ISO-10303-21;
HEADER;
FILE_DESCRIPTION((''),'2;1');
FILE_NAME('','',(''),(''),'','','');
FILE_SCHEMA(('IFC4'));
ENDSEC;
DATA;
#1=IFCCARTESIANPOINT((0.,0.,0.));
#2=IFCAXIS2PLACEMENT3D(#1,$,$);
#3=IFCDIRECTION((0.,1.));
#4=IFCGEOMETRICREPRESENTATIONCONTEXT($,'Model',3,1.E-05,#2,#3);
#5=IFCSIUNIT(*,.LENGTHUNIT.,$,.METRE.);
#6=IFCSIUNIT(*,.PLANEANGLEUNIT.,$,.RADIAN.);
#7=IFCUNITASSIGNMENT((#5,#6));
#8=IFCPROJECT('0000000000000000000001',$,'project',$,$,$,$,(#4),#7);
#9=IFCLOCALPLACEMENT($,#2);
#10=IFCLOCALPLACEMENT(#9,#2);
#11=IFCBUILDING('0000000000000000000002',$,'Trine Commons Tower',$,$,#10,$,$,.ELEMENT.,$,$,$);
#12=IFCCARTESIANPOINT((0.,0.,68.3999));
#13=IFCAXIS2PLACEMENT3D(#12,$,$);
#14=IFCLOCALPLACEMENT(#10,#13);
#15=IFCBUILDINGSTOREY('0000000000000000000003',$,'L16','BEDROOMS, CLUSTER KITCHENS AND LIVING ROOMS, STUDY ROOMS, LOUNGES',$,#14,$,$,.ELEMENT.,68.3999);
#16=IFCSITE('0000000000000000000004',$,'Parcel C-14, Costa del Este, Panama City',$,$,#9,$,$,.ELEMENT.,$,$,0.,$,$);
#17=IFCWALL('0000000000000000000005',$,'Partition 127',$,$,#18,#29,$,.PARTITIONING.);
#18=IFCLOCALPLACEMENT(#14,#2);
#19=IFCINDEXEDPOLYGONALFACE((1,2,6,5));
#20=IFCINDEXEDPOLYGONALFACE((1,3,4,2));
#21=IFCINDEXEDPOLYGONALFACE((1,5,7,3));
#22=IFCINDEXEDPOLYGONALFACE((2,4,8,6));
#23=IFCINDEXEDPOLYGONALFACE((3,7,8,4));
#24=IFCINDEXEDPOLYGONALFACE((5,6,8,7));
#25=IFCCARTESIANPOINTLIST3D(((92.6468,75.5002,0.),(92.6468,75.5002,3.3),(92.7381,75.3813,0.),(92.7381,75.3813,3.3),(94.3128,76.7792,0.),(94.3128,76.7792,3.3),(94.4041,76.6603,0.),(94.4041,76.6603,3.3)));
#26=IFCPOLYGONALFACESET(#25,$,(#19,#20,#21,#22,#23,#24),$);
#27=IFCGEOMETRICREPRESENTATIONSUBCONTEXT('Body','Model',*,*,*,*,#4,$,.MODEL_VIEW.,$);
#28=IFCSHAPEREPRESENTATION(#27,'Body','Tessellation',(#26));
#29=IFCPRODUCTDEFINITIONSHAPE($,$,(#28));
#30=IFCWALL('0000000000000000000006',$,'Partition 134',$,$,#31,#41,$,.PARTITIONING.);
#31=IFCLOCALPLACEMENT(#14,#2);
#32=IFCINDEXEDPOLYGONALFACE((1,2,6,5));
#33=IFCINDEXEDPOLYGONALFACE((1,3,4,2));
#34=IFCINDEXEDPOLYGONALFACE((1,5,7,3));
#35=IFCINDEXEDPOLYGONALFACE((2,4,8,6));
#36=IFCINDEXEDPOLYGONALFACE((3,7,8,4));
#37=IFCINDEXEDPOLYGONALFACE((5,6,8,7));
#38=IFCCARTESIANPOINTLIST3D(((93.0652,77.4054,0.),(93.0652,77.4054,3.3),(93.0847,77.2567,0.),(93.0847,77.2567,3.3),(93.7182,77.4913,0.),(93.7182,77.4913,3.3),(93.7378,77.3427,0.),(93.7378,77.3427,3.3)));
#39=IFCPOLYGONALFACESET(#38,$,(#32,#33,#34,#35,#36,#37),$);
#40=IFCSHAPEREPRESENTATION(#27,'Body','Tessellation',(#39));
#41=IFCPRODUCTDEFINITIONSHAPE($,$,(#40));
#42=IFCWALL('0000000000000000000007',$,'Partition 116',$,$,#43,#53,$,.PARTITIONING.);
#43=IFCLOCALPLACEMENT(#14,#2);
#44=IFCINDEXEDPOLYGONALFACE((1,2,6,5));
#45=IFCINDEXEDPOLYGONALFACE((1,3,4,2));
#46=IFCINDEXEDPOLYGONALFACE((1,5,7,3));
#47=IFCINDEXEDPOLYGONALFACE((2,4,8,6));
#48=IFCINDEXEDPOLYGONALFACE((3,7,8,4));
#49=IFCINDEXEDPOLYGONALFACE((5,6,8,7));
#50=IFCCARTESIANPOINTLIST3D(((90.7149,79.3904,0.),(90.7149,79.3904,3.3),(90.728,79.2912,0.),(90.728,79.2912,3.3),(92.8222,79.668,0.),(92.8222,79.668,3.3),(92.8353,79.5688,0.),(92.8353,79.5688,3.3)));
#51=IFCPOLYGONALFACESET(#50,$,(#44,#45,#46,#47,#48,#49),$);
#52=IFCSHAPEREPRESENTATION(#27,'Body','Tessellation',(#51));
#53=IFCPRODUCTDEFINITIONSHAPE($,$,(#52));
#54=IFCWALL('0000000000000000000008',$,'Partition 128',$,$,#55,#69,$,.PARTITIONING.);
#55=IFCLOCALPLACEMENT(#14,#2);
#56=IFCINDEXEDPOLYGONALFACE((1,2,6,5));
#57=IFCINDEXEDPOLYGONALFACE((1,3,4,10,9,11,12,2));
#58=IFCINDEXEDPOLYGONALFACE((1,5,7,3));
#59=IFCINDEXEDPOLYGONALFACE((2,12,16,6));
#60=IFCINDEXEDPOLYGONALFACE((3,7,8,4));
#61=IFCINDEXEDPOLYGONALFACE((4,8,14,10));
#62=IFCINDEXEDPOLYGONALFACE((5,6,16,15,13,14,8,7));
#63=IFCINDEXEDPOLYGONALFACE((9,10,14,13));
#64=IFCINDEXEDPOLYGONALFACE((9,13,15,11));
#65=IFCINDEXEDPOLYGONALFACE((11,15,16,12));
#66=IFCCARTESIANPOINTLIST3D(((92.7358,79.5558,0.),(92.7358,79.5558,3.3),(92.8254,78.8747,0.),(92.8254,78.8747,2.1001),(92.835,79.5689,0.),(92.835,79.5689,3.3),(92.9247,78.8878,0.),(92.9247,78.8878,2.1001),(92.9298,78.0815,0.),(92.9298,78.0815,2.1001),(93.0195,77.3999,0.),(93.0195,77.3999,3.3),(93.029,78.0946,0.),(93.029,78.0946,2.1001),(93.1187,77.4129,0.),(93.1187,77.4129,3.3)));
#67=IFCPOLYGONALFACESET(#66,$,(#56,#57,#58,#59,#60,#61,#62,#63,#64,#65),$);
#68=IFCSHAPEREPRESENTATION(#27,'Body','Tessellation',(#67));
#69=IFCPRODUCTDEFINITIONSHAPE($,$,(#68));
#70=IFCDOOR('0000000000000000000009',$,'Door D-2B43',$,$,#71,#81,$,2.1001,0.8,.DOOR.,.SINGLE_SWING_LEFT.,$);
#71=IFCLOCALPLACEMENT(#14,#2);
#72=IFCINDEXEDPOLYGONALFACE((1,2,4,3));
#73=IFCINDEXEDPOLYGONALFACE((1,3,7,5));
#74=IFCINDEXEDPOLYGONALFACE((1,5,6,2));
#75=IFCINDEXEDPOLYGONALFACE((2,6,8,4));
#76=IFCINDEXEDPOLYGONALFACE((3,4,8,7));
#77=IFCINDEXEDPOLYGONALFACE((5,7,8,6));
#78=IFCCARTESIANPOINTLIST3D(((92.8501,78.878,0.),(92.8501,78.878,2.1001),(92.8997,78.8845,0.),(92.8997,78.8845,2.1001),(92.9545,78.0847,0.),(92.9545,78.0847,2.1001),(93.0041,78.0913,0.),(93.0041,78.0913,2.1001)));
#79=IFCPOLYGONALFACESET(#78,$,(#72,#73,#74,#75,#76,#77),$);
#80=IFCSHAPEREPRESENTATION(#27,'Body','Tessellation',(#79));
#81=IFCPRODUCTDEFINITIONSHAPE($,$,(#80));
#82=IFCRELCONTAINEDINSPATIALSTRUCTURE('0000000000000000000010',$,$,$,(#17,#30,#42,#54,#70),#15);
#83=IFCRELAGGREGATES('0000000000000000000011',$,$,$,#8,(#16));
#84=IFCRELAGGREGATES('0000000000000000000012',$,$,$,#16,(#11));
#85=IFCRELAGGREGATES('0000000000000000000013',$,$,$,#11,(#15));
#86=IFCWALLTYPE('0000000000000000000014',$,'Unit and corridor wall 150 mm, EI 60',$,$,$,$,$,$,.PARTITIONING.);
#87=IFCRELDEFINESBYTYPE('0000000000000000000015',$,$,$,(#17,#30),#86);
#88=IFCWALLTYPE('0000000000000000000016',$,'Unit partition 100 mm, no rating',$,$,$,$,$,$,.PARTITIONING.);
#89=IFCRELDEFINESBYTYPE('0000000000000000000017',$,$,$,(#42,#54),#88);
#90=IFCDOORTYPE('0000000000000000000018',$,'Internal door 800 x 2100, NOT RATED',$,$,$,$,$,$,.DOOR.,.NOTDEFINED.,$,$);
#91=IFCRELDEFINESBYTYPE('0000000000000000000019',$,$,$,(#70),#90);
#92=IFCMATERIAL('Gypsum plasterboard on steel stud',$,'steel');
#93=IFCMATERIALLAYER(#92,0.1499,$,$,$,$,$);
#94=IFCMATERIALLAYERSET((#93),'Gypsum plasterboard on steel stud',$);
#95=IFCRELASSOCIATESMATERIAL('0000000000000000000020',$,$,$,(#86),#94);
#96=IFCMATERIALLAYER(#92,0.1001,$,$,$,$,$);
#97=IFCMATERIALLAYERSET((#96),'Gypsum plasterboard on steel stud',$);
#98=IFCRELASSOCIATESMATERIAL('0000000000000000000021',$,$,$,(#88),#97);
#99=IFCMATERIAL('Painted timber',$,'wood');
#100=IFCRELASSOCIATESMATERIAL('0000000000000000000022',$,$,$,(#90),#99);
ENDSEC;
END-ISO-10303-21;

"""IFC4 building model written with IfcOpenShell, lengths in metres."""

from ifc_helpers import new_model, si_unit, direction, frame, frame_2d, origin, place, context, subcontext, project, spatial, rectangle, extrude, material, layer, layer_set, type_object, element, fill, save


model = new_model("IFC4")

# Units and contexts
model_context = context("Model", 3, precision=1e-05, world=origin(), true_north=direction((0.0, 1.0)))
body_context = subcontext(model_context, "Body", "Model", "MODEL_VIEW")
ifc_project = project(units=[si_unit("LENGTHUNIT", "METRE"), si_unit("PLANEANGLEUNIT", "RADIAN")], contexts=[model_context])

# Site, building, storey
site_placement = place(None, origin())
site = spatial("IfcSite", under=ifc_project, at=site_placement, Name="Parcel C-14, Costa del Este, Panama City", CompositionType="ELEMENT", RefElevation=0.0)
building_placement = place(site_placement, origin())
building = spatial("IfcBuilding", under=site, at=building_placement, Name="Trine Commons Tower", CompositionType="ELEMENT")
storey_placement = place(building_placement, frame((0.0, 0.0, 68.3999)))
storey = spatial("IfcBuildingStorey", under=building, at=storey_placement, Name="L16", Description="BEDROOMS, CLUSTER KITCHENS AND LIVING ROOMS, STUDY ROOMS, LOUNGES", CompositionType="ELEMENT", Elevation=68.3999)

# Shared definitions
ifc_material_1 = material(Name="Gypsum plasterboard on steel stud", Category="steel")
ifc_layer_1 = layer(ifc_material_1, 0.1499)
ifc_layer_set_1 = layer_set([ifc_layer_1], Name="Gypsum plasterboard on steel stud")
wall_type_1 = type_object("IfcWallType", Name="Unit and corridor wall 150 mm, EI 60", PredefinedType="PARTITIONING", material=ifc_layer_set_1)
ifc_material_2 = material(Name="Painted timber", Category="wood")

# Walls
wall_1_placement = place(storey_placement, frame((92.6924, 75.4407, 0.0), z_axis=(0.0, 0.0, 1.0), x_axis=(0.793198, 0.608963, 0.0)))
element("IfcWall", 1, at=wall_1_placement, inside=storey, type_object=wall_type_1, Name="Partition 127", PredefinedType="PARTITIONING", context=body_context, shape_type="SweptSolid", body=[
    extrude(rectangle(XDim=2.1003, YDim=0.1499, at=frame_2d((1.0503, 0.0))), origin(), (0.0, 0.0, 1.0), 3.3),
])
wall_2_placement = place(storey_placement, frame((93.075, 77.3311, 0.0), z_axis=(0.0, 0.0, 1.0), x_axis=(0.991453, 0.130464, 0.0)))
element("IfcWall", 2, at=wall_2_placement, inside=storey, type_object=wall_type_1, Name="Partition 134", PredefinedType="PARTITIONING", context=body_context, shape_type="SweptSolid", body=[
    extrude(rectangle(XDim=0.6587, YDim=0.1499, at=frame_2d((0.3293, 0.0))), origin(), (0.0, 0.0, 1.0), 3.3),
])
ifc_layer_2 = layer(ifc_material_1, 0.1001)
ifc_layer_set_2 = layer_set([ifc_layer_2], Name="Gypsum plasterboard on steel stud")
wall_type_2 = type_object("IfcWallType", Name="Unit partition 100 mm, no rating", PredefinedType="PARTITIONING", material=ifc_layer_set_2)
wall_3_placement = place(storey_placement, frame((90.7214, 79.3408, 0.0), z_axis=(0.0, 0.0, 1.0), x_axis=(0.991434, 0.130606, 0.0)))
element("IfcWall", 3, at=wall_3_placement, inside=storey, type_object=wall_type_2, Name="Partition 116", PredefinedType="PARTITIONING", context=body_context, shape_type="SweptSolid", body=[
    extrude(rectangle(XDim=2.1255, YDim=0.1001, at=frame_2d((1.0627, 0.0))), origin(), (0.0, 0.0, 1.0), 3.3),
])

# Wall, opening, door
wall_4_placement = place(storey_placement, frame((92.7854, 79.5625, 0.0), z_axis=(0.0, 0.0, 1.0), x_axis=(0.130457, -0.991454, 0.0)))
wall_4 = element("IfcWall", 4, at=wall_4_placement, inside=storey, type_object=wall_type_2, Name="Partition 128", PredefinedType="PARTITIONING", context=body_context, shape_type="SweptSolid", body=[
    extrude(rectangle(XDim=2.1746, YDim=0.1001, at=frame_2d((1.0874, 0.0))), origin(), (0.0, 0.0, 1.0), 3.3),
])
opening_1_placement = place(wall_4_placement, frame((0.6873, 0.0, 0.0)))
opening_1 = element("IfcOpeningElement", 5, at=opening_1_placement, cuts=wall_4, PredefinedType="OPENING", context=body_context, shape_type="SweptSolid", body=[
    extrude(rectangle(XDim=0.8, YDim=2.1001, at=frame_2d((0.3999, 1.05))), frame((0.0, 0.0601, 0.0), z_axis=(0.0, -1.0, 0.0), x_axis=(1.0, 0.0, 0.0)), (0.0, 0.0, 1.0), 0.1201),
])
door_type_1 = type_object("IfcDoorType", Name="Internal door 800 x 2100, NOT RATED", OperationType="NOTDEFINED", PredefinedType="DOOR", material=ifc_material_2)
door_1_placement = place(opening_1_placement, origin())
door_1 = element("IfcDoor", 6, at=door_1_placement, inside=storey, type_object=door_type_1, Name="Door D-2B43", OperationType="SINGLE_SWING_LEFT", OverallHeight=2.1001, OverallWidth=0.8, PredefinedType="DOOR", context=body_context, shape_type="SweptSolid", body=[
    extrude(rectangle(XDim=0.8, YDim=2.1001, at=frame_2d((0.3999, 1.05))), frame((0.0, 0.0249, 0.0), z_axis=(0.0, -1.0, 0.0), x_axis=(1.0, 0.0, 0.0)), (0.0, 0.0, 1.0), 0.05),
])
fill(opening_1, door_1)

save(model, "model.ifc")
